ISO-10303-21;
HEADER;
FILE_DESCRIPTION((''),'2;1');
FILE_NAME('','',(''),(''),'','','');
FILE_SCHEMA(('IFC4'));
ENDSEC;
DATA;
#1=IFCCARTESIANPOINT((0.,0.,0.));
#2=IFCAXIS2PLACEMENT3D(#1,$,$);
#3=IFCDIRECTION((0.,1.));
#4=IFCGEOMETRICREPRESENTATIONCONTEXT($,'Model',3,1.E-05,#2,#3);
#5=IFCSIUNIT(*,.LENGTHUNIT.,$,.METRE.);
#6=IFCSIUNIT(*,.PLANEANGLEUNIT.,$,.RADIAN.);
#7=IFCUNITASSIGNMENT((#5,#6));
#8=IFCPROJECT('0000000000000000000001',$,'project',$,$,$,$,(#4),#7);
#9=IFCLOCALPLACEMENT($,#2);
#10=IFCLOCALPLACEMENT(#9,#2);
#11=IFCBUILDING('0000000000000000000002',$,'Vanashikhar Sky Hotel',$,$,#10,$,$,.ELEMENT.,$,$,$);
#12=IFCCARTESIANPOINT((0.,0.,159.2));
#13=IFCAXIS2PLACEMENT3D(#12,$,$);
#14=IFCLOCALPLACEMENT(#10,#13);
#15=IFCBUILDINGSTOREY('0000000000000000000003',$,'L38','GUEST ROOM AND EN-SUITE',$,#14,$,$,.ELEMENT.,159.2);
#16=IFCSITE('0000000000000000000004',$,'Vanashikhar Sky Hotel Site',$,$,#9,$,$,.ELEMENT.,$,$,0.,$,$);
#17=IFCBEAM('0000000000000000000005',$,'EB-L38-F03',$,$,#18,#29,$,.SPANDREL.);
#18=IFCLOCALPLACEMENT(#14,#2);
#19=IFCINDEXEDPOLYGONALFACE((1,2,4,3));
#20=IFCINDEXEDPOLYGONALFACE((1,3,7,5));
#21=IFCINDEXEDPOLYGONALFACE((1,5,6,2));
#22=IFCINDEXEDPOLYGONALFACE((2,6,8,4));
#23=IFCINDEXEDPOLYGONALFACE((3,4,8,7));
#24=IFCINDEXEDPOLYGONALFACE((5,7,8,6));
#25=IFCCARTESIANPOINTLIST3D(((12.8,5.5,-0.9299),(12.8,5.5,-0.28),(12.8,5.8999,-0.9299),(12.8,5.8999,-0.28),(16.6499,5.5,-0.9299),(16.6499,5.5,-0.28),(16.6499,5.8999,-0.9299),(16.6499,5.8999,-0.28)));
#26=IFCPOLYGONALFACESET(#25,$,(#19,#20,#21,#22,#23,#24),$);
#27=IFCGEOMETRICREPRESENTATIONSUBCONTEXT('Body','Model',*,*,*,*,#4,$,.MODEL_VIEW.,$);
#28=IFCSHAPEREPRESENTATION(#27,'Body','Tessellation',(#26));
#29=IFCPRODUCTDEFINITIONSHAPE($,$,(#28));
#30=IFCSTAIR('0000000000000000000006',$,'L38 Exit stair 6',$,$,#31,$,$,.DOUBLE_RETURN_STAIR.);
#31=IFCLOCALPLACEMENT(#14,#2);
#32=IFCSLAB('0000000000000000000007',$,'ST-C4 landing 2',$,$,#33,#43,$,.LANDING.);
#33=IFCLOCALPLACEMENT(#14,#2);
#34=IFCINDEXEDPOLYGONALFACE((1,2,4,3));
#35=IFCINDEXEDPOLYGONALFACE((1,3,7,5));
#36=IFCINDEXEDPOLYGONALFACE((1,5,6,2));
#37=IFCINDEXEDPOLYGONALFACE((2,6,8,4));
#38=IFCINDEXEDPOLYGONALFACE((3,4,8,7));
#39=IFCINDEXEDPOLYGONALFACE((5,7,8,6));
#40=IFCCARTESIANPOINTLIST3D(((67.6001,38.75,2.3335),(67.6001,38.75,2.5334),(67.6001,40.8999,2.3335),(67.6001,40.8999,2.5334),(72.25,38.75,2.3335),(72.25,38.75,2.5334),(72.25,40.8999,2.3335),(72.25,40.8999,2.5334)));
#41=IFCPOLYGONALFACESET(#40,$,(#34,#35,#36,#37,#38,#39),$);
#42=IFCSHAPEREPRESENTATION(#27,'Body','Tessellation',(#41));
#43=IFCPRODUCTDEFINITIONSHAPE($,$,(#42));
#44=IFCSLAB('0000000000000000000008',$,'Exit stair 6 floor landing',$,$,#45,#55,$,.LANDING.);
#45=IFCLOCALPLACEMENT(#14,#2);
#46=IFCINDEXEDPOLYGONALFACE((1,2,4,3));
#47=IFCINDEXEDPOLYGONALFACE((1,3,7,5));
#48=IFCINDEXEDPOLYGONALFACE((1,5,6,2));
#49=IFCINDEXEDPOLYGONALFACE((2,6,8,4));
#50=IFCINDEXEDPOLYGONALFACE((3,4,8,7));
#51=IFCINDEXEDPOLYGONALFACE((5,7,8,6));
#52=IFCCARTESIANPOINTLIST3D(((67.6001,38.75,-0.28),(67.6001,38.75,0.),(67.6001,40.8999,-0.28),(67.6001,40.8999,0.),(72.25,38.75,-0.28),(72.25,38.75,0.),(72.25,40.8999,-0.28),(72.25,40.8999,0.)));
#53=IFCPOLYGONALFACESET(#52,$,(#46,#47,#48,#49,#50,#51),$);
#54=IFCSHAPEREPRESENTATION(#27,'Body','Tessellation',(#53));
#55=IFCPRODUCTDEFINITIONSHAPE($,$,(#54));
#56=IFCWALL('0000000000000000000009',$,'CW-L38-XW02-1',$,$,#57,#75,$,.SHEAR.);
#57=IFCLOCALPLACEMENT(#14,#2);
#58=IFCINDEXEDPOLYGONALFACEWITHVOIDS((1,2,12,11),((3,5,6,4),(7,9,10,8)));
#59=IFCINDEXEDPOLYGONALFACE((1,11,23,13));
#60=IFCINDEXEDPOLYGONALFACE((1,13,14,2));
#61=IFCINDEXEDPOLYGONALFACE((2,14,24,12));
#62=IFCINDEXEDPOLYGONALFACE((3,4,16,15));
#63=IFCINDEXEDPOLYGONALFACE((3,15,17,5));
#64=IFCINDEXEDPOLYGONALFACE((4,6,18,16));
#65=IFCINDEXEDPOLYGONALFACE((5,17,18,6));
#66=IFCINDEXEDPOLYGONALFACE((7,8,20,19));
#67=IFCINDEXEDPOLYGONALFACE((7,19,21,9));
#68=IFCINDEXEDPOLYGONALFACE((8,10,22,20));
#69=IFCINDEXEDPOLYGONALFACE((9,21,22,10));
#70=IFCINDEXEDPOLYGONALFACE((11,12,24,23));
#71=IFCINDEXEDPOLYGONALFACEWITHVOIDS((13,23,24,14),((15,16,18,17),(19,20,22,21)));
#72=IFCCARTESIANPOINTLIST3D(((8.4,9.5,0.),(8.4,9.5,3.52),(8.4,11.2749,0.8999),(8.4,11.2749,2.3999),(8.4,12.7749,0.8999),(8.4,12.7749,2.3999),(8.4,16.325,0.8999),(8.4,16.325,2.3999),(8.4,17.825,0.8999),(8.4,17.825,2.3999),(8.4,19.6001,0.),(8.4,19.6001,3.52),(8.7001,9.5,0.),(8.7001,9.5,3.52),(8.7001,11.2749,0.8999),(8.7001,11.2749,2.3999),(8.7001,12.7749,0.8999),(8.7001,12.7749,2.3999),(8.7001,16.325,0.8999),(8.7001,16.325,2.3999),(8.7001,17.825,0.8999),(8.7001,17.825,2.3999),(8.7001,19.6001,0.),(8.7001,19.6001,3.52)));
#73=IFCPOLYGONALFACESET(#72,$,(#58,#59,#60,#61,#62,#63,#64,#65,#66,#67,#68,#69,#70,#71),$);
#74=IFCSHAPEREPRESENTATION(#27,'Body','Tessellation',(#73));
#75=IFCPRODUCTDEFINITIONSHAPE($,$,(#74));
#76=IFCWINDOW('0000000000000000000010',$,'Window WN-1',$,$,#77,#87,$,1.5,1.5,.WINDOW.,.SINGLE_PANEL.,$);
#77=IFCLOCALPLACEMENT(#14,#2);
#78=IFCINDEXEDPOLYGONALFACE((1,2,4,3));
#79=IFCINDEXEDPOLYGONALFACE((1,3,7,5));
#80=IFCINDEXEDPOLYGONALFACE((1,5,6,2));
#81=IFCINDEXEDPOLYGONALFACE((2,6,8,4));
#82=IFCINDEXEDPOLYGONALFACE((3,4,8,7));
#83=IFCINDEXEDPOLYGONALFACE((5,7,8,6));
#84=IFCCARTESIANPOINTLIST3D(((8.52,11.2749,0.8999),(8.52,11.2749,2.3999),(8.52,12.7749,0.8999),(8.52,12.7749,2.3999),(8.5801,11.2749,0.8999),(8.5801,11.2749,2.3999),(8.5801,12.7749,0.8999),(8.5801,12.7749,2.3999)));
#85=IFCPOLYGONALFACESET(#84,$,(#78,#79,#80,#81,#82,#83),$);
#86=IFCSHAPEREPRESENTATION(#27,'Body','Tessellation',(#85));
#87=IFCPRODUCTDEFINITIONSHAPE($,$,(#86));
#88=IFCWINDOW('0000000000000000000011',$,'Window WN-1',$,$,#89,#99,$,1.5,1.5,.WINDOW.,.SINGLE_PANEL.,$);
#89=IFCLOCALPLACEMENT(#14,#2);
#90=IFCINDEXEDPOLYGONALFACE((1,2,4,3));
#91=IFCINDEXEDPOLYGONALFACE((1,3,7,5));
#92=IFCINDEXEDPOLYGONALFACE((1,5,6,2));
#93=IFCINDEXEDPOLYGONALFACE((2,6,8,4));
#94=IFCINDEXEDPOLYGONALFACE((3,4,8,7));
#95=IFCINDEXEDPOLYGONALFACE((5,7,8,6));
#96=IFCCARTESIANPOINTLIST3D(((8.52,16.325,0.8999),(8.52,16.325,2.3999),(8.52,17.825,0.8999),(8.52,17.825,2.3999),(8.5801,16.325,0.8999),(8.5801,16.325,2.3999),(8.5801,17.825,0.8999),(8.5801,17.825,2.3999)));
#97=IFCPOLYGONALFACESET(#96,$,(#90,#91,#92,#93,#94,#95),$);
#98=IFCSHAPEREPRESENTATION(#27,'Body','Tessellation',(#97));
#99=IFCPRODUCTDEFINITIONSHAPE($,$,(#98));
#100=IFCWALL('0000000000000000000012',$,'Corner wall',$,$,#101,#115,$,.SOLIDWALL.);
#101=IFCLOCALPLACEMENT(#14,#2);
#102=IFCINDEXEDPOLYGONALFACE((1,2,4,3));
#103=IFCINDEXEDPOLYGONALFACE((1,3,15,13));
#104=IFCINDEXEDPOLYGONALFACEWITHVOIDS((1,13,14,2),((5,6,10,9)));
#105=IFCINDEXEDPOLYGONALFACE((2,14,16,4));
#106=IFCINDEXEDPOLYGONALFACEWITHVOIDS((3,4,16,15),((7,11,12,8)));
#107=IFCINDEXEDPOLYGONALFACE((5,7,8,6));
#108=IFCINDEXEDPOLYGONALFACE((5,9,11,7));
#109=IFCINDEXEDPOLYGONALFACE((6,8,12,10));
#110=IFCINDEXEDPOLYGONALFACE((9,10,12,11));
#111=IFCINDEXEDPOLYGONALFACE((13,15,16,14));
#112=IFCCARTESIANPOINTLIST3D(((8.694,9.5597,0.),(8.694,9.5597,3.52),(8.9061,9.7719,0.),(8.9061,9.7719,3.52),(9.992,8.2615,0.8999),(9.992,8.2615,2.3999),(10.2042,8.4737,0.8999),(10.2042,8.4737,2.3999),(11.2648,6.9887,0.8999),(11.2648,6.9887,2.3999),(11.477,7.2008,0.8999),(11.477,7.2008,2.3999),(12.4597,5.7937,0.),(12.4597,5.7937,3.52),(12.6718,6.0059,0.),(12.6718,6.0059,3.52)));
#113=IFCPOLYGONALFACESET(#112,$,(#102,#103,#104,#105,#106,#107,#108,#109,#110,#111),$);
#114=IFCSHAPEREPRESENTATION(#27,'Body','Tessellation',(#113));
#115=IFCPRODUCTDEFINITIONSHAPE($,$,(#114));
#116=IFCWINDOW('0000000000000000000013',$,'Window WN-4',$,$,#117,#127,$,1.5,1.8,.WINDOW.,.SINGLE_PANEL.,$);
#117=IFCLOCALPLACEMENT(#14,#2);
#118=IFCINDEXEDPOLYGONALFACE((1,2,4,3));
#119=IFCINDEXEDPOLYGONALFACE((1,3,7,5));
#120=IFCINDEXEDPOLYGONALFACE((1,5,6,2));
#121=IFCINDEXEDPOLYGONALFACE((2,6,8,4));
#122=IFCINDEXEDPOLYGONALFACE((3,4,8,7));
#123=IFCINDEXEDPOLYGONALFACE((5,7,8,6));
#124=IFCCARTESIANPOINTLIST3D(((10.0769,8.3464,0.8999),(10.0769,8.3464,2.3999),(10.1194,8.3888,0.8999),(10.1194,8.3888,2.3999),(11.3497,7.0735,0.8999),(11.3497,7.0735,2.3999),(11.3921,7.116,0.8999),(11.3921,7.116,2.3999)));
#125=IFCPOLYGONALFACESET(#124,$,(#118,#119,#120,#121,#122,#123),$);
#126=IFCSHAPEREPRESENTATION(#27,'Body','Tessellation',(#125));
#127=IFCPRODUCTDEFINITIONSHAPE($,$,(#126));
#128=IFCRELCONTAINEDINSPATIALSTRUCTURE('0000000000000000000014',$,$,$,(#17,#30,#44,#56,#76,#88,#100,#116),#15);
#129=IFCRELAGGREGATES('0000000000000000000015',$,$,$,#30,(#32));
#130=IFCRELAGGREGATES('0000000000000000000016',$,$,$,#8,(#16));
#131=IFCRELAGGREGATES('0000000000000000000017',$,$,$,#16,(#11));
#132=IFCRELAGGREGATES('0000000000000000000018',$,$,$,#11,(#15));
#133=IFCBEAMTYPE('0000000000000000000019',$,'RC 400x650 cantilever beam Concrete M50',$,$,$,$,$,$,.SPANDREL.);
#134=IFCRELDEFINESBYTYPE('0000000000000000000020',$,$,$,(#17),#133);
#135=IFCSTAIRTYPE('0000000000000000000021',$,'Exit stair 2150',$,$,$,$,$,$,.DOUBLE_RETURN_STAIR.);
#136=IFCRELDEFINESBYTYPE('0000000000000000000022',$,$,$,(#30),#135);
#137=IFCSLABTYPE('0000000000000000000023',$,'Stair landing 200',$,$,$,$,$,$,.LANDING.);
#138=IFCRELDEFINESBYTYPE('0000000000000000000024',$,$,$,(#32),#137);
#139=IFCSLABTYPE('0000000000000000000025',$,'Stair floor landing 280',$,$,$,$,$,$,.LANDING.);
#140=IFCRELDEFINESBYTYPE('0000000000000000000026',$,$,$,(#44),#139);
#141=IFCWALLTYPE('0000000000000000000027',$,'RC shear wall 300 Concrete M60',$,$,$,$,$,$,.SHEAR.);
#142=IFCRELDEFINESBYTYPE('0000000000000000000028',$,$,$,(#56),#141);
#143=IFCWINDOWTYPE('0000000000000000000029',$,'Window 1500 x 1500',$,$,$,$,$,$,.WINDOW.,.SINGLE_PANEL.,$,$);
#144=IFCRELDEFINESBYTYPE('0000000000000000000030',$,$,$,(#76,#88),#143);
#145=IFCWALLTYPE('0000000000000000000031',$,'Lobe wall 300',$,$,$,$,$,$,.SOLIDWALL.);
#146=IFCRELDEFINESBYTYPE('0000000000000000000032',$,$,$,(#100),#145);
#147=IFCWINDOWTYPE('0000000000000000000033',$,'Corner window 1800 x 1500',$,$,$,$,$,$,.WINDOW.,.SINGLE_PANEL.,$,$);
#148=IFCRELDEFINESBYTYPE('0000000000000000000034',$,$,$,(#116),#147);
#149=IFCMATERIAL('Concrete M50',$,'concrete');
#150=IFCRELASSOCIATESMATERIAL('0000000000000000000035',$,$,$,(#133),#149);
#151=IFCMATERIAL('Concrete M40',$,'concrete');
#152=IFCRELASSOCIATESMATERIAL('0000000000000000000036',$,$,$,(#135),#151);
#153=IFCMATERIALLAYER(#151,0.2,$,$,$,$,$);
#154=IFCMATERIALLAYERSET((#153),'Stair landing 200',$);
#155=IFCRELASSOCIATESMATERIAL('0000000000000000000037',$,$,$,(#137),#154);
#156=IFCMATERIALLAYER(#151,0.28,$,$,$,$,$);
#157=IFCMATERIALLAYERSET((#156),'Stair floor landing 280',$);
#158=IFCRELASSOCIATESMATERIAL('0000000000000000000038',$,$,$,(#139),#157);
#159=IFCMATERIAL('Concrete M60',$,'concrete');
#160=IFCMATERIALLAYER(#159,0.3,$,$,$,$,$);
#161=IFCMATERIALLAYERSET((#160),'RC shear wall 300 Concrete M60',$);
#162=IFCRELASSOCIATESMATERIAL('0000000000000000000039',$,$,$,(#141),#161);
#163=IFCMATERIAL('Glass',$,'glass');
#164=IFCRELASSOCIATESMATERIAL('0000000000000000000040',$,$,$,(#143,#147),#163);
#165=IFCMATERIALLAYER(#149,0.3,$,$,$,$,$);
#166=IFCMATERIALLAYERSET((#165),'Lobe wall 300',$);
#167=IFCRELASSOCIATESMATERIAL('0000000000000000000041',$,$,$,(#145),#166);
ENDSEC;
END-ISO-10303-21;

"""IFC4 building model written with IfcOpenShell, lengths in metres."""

from ifc_helpers import new_model, si_unit, direction, frame, frame_2d, origin, origin_2d, place, context, subcontext, project, spatial, polyline, rectangle, outline, extrude, source, transform, mapped, material, layer, layer_set, material_profile, profile_set, type_object, element, fill, aggregate, save


model = new_model("IFC4")

# Units and contexts
model_context = context("Model", 3, precision=1e-05, world=origin(), true_north=direction((0.0, 1.0)))
body_context = subcontext(model_context, "Body", "Model", "MODEL_VIEW")
ifc_project = project(units=[si_unit("LENGTHUNIT", "METRE"), si_unit("PLANEANGLEUNIT", "RADIAN")], contexts=[model_context])

# Site, building, storey
site_placement = place(None, origin())
site = spatial("IfcSite", under=ifc_project, at=site_placement, Name="Vanashikhar Sky Hotel Site", CompositionType="ELEMENT", RefElevation=0.0)
building_placement = place(site_placement, origin())
building = spatial("IfcBuilding", under=site, at=building_placement, Name="Vanashikhar Sky Hotel", CompositionType="ELEMENT")
storey_placement = place(building_placement, frame((0.0, 0.0, 159.2)))
storey = spatial("IfcBuildingStorey", under=building, at=storey_placement, Name="L38", Description="GUEST ROOM AND EN-SUITE", CompositionType="ELEMENT", Elevation=159.2)

# Beam
ifc_material_1 = material(Name="Concrete M50", Category="concrete")
ifc_material_profile = material_profile(ifc_material_1, rectangle(XDim=0.3999, YDim=0.6499, at=origin_2d()))
ifc_profile_set = profile_set([ifc_material_profile], Name="RC 400x650 cantilever beam Concrete M50")
beam_type = type_object("IfcBeamType", Name="RC 400x650 cantilever beam Concrete M50", PredefinedType="SPANDREL", material=ifc_profile_set)
shared_shape_1 = source(origin(), body_context, "Body", "SweptSolid", [
    extrude(rectangle(XDim=0.3999, YDim=0.6499, at=origin_2d()), origin(), (0.0, 0.0, 1.0), 3.8499),
])
beam_placement = place(storey_placement, frame((12.8, 5.7, -0.605), z_axis=(1.0, 0.0, 0.0), x_axis=(0.0, 1.0, 0.0)))
element("IfcBeam", 1, at=beam_placement, inside=storey, type_object=beam_type, Name="EB-L38-F03", PredefinedType="SPANDREL", context=body_context, shape_type="MappedRepresentation", body=[
    mapped(shared_shape_1, transform((0.0, 0.0, 0.0), scale=1.0)),
])

# Stair, slab
ifc_material_2 = material(Name="Concrete M40", Category="concrete")
stair_type = type_object("IfcStairType", Name="Exit stair 2150", PredefinedType="DOUBLE_RETURN_STAIR", material=ifc_material_2)
stair_placement = place(storey_placement, origin())
stair = element("IfcStair", 2, at=stair_placement, inside=storey, type_object=stair_type, Name="L38 Exit stair 6", PredefinedType="DOUBLE_RETURN_STAIR")
ifc_layer_1 = layer(ifc_material_2, 0.2)
ifc_layer_set_1 = layer_set([ifc_layer_1], Name="Stair landing 200")
slab_type_1 = type_object("IfcSlabType", Name="Stair landing 200", PredefinedType="LANDING", material=ifc_layer_set_1)
shared_shape_2 = source(origin(), body_context, "Body", "SweptSolid", [
    extrude(outline(polyline([(72.25, 38.75), (72.25, 40.8999), (67.6001, 40.8999), (67.6001, 38.75), (72.25, 38.75)])), origin(), (0.0, 0.0, 1.0), 0.2),
])
slab_1_placement = place(storey_placement, frame((0.0, 0.0, 2.3335)))
slab_1 = element("IfcSlab", 3, at=slab_1_placement, type_object=slab_type_1, Name="ST-C4 landing 2", PredefinedType="LANDING", context=body_context, shape_type="MappedRepresentation", body=[
    mapped(shared_shape_2, transform((0.0, 0.0, 0.0), scale=1.0)),
])
aggregate(stair, [slab_1])

# Slab
ifc_layer_2 = layer(ifc_material_2, 0.28)
ifc_layer_set_2 = layer_set([ifc_layer_2], Name="Stair floor landing 280")
slab_type_2 = type_object("IfcSlabType", Name="Stair floor landing 280", PredefinedType="LANDING", material=ifc_layer_set_2)
shared_shape_3 = source(origin(), body_context, "Body", "SweptSolid", [
    extrude(outline(polyline([(72.25, 38.75), (72.25, 40.8999), (67.6001, 40.8999), (67.6001, 38.75), (72.25, 38.75)])), origin(), (0.0, 0.0, 1.0), 0.28),
])
slab_2_placement = place(storey_placement, frame((0.0, 0.0, -0.28)))
element("IfcSlab", 4, at=slab_2_placement, inside=storey, type_object=slab_type_2, Name="Exit stair 6 floor landing", PredefinedType="LANDING", context=body_context, shape_type="MappedRepresentation", body=[
    mapped(shared_shape_3, transform((0.0, 0.0, 0.0), scale=1.0)),
])

# Wall, openings, windows
ifc_material_3 = material(Name="Concrete M60", Category="concrete")
ifc_layer_3 = layer(ifc_material_3, 0.3)
ifc_layer_set_3 = layer_set([ifc_layer_3], Name="RC shear wall 300 Concrete M60")
wall_type_1 = type_object("IfcWallType", Name="RC shear wall 300 Concrete M60", PredefinedType="SHEAR", material=ifc_layer_set_3)
shared_shape_4 = source(origin(), body_context, "Body", "SweptSolid", [
    extrude(rectangle(XDim=10.1001, YDim=0.3, at=frame_2d((5.05, 0.0))), origin(), (0.0, 0.0, 1.0), 3.52),
])
wall_1_placement = place(storey_placement, frame((8.55, 9.5, 0.0), z_axis=(0.0, 0.0, 1.0), x_axis=(0.0, 1.0, 0.0)))
wall_1 = element("IfcWall", 5, at=wall_1_placement, inside=storey, type_object=wall_type_1, Name="CW-L38-XW02-1", PredefinedType="SHEAR", context=body_context, shape_type="MappedRepresentation", body=[
    mapped(shared_shape_4, transform((0.0, 0.0, 0.0), scale=1.0)),
])
shared_shape_5 = source(origin(), body_context, "Body", "SweptSolid", [
    extrude(rectangle(XDim=1.5, YDim=1.5, at=frame_2d((0.75, 0.75))), frame((0.0, 0.1602, 0.0), z_axis=(0.0, -1.0, 0.0), x_axis=(1.0, 0.0, 0.0)), (0.0, 0.0, 1.0), 0.3201),
])
opening_1_placement = place(wall_1_placement, frame((1.7749, 0.0, 0.8999)))
opening_1 = element("IfcOpeningElement", 6, at=opening_1_placement, cuts=wall_1, PredefinedType="OPENING", context=body_context, shape_type="MappedRepresentation", body=[
    mapped(shared_shape_5, transform((0.0, 0.0, 0.0), scale=1.0)),
])
opening_2_placement = place(wall_1_placement, frame((6.825, 0.0, 0.8999)))
opening_2 = element("IfcOpeningElement", 7, at=opening_2_placement, cuts=wall_1, PredefinedType="OPENING", context=body_context, shape_type="MappedRepresentation", body=[
    mapped(shared_shape_5, transform((0.0, 0.0, 0.0), scale=1.0)),
])
ifc_material_4 = material(Name="Glass", Category="glass")
window_type_1 = type_object("IfcWindowType", Name="Window 1500 x 1500", PartitioningType="SINGLE_PANEL", PredefinedType="WINDOW", material=ifc_material_4)
shared_shape_6 = source(origin(), body_context, "Body", "SweptSolid", [
    extrude(rectangle(XDim=1.5, YDim=1.5, at=frame_2d((0.75, 0.75))), frame((0.0, 0.03, 0.0), z_axis=(0.0, -1.0, 0.0), x_axis=(1.0, 0.0, 0.0)), (0.0, 0.0, 1.0), 0.0601),
])
window_1_placement = place(opening_1_placement, origin())
window_1 = element("IfcWindow", 8, at=window_1_placement, inside=storey, type_object=window_type_1, Name="Window WN-1", OverallHeight=1.5, OverallWidth=1.5, PartitioningType="SINGLE_PANEL", PredefinedType="WINDOW", context=body_context, shape_type="MappedRepresentation", body=[
    mapped(shared_shape_6, transform((0.0, 0.0, 0.0), scale=1.0)),
])
fill(opening_1, window_1)
window_2_placement = place(opening_2_placement, origin())
window_2 = element("IfcWindow", 9, at=window_2_placement, inside=storey, type_object=window_type_1, Name="Window WN-1", OverallHeight=1.5, OverallWidth=1.5, PartitioningType="SINGLE_PANEL", PredefinedType="WINDOW", context=body_context, shape_type="MappedRepresentation", body=[
    mapped(shared_shape_6, transform((0.0, 0.0, 0.0), scale=1.0)),
])
fill(opening_2, window_2)

# Wall, opening, window
ifc_layer_4 = layer(ifc_material_1, 0.3)
ifc_layer_set_4 = layer_set([ifc_layer_4], Name="Lobe wall 300")
wall_type_2 = type_object("IfcWallType", Name="Lobe wall 300", PredefinedType="SOLIDWALL", material=ifc_layer_set_4)
shared_shape_7 = source(origin(), body_context, "Body", "SweptSolid", [
    extrude(rectangle(XDim=5.3257, YDim=0.3, at=frame_2d((2.6628, 0.0))), origin(), (0.0, 0.0, 1.0), 3.52),
])
wall_2_placement = place(storey_placement, frame((8.8, 9.6658, 0.0), z_axis=(0.0, 0.0, 1.0), x_axis=(0.707084, -0.70713, 0.0)))
wall_2 = element("IfcWall", 10, at=wall_2_placement, inside=storey, type_object=wall_type_2, Name="Corner wall", PredefinedType="SOLIDWALL", context=body_context, shape_type="MappedRepresentation", body=[
    mapped(shared_shape_7, transform((0.0, 0.0, 0.0), scale=1.0)),
])
shared_shape_8 = source(origin(), body_context, "Body", "SweptSolid", [
    extrude(rectangle(XDim=1.8, YDim=1.5, at=frame_2d((0.8999, 0.75))), frame((0.0, 0.1602, 0.0), z_axis=(0.0, -1.0, 0.0), x_axis=(1.0, 0.0, 0.0)), (0.0, 0.0, 1.0), 0.3201),
])
opening_3_placement = place(wall_2_placement, frame((1.8359, 0.0, 0.8999)))
opening_3 = element("IfcOpeningElement", 11, at=opening_3_placement, cuts=wall_2, PredefinedType="OPENING", context=body_context, shape_type="MappedRepresentation", body=[
    mapped(shared_shape_8, transform((0.0, 0.0, 0.0), scale=1.0)),
])
window_type_2 = type_object("IfcWindowType", Name="Corner window 1800 x 1500", PartitioningType="SINGLE_PANEL", PredefinedType="WINDOW", material=ifc_material_4)
shared_shape_9 = source(origin(), body_context, "Body", "SweptSolid", [
    extrude(rectangle(XDim=1.8, YDim=1.5, at=frame_2d((0.8999, 0.75))), frame((0.0, 0.03, 0.0), z_axis=(0.0, -1.0, 0.0), x_axis=(1.0, 0.0, 0.0)), (0.0, 0.0, 1.0), 0.0601),
])
window_3_placement = place(opening_3_placement, origin())
window_3 = element("IfcWindow", 12, at=window_3_placement, inside=storey, type_object=window_type_2, Name="Window WN-4", OverallHeight=1.5, OverallWidth=1.8, PartitioningType="SINGLE_PANEL", PredefinedType="WINDOW", context=body_context, shape_type="MappedRepresentation", body=[
    mapped(shared_shape_9, transform((0.0, 0.0, 0.0), scale=1.0)),
])
fill(opening_3, window_3)

save(model, "model.ifc")
